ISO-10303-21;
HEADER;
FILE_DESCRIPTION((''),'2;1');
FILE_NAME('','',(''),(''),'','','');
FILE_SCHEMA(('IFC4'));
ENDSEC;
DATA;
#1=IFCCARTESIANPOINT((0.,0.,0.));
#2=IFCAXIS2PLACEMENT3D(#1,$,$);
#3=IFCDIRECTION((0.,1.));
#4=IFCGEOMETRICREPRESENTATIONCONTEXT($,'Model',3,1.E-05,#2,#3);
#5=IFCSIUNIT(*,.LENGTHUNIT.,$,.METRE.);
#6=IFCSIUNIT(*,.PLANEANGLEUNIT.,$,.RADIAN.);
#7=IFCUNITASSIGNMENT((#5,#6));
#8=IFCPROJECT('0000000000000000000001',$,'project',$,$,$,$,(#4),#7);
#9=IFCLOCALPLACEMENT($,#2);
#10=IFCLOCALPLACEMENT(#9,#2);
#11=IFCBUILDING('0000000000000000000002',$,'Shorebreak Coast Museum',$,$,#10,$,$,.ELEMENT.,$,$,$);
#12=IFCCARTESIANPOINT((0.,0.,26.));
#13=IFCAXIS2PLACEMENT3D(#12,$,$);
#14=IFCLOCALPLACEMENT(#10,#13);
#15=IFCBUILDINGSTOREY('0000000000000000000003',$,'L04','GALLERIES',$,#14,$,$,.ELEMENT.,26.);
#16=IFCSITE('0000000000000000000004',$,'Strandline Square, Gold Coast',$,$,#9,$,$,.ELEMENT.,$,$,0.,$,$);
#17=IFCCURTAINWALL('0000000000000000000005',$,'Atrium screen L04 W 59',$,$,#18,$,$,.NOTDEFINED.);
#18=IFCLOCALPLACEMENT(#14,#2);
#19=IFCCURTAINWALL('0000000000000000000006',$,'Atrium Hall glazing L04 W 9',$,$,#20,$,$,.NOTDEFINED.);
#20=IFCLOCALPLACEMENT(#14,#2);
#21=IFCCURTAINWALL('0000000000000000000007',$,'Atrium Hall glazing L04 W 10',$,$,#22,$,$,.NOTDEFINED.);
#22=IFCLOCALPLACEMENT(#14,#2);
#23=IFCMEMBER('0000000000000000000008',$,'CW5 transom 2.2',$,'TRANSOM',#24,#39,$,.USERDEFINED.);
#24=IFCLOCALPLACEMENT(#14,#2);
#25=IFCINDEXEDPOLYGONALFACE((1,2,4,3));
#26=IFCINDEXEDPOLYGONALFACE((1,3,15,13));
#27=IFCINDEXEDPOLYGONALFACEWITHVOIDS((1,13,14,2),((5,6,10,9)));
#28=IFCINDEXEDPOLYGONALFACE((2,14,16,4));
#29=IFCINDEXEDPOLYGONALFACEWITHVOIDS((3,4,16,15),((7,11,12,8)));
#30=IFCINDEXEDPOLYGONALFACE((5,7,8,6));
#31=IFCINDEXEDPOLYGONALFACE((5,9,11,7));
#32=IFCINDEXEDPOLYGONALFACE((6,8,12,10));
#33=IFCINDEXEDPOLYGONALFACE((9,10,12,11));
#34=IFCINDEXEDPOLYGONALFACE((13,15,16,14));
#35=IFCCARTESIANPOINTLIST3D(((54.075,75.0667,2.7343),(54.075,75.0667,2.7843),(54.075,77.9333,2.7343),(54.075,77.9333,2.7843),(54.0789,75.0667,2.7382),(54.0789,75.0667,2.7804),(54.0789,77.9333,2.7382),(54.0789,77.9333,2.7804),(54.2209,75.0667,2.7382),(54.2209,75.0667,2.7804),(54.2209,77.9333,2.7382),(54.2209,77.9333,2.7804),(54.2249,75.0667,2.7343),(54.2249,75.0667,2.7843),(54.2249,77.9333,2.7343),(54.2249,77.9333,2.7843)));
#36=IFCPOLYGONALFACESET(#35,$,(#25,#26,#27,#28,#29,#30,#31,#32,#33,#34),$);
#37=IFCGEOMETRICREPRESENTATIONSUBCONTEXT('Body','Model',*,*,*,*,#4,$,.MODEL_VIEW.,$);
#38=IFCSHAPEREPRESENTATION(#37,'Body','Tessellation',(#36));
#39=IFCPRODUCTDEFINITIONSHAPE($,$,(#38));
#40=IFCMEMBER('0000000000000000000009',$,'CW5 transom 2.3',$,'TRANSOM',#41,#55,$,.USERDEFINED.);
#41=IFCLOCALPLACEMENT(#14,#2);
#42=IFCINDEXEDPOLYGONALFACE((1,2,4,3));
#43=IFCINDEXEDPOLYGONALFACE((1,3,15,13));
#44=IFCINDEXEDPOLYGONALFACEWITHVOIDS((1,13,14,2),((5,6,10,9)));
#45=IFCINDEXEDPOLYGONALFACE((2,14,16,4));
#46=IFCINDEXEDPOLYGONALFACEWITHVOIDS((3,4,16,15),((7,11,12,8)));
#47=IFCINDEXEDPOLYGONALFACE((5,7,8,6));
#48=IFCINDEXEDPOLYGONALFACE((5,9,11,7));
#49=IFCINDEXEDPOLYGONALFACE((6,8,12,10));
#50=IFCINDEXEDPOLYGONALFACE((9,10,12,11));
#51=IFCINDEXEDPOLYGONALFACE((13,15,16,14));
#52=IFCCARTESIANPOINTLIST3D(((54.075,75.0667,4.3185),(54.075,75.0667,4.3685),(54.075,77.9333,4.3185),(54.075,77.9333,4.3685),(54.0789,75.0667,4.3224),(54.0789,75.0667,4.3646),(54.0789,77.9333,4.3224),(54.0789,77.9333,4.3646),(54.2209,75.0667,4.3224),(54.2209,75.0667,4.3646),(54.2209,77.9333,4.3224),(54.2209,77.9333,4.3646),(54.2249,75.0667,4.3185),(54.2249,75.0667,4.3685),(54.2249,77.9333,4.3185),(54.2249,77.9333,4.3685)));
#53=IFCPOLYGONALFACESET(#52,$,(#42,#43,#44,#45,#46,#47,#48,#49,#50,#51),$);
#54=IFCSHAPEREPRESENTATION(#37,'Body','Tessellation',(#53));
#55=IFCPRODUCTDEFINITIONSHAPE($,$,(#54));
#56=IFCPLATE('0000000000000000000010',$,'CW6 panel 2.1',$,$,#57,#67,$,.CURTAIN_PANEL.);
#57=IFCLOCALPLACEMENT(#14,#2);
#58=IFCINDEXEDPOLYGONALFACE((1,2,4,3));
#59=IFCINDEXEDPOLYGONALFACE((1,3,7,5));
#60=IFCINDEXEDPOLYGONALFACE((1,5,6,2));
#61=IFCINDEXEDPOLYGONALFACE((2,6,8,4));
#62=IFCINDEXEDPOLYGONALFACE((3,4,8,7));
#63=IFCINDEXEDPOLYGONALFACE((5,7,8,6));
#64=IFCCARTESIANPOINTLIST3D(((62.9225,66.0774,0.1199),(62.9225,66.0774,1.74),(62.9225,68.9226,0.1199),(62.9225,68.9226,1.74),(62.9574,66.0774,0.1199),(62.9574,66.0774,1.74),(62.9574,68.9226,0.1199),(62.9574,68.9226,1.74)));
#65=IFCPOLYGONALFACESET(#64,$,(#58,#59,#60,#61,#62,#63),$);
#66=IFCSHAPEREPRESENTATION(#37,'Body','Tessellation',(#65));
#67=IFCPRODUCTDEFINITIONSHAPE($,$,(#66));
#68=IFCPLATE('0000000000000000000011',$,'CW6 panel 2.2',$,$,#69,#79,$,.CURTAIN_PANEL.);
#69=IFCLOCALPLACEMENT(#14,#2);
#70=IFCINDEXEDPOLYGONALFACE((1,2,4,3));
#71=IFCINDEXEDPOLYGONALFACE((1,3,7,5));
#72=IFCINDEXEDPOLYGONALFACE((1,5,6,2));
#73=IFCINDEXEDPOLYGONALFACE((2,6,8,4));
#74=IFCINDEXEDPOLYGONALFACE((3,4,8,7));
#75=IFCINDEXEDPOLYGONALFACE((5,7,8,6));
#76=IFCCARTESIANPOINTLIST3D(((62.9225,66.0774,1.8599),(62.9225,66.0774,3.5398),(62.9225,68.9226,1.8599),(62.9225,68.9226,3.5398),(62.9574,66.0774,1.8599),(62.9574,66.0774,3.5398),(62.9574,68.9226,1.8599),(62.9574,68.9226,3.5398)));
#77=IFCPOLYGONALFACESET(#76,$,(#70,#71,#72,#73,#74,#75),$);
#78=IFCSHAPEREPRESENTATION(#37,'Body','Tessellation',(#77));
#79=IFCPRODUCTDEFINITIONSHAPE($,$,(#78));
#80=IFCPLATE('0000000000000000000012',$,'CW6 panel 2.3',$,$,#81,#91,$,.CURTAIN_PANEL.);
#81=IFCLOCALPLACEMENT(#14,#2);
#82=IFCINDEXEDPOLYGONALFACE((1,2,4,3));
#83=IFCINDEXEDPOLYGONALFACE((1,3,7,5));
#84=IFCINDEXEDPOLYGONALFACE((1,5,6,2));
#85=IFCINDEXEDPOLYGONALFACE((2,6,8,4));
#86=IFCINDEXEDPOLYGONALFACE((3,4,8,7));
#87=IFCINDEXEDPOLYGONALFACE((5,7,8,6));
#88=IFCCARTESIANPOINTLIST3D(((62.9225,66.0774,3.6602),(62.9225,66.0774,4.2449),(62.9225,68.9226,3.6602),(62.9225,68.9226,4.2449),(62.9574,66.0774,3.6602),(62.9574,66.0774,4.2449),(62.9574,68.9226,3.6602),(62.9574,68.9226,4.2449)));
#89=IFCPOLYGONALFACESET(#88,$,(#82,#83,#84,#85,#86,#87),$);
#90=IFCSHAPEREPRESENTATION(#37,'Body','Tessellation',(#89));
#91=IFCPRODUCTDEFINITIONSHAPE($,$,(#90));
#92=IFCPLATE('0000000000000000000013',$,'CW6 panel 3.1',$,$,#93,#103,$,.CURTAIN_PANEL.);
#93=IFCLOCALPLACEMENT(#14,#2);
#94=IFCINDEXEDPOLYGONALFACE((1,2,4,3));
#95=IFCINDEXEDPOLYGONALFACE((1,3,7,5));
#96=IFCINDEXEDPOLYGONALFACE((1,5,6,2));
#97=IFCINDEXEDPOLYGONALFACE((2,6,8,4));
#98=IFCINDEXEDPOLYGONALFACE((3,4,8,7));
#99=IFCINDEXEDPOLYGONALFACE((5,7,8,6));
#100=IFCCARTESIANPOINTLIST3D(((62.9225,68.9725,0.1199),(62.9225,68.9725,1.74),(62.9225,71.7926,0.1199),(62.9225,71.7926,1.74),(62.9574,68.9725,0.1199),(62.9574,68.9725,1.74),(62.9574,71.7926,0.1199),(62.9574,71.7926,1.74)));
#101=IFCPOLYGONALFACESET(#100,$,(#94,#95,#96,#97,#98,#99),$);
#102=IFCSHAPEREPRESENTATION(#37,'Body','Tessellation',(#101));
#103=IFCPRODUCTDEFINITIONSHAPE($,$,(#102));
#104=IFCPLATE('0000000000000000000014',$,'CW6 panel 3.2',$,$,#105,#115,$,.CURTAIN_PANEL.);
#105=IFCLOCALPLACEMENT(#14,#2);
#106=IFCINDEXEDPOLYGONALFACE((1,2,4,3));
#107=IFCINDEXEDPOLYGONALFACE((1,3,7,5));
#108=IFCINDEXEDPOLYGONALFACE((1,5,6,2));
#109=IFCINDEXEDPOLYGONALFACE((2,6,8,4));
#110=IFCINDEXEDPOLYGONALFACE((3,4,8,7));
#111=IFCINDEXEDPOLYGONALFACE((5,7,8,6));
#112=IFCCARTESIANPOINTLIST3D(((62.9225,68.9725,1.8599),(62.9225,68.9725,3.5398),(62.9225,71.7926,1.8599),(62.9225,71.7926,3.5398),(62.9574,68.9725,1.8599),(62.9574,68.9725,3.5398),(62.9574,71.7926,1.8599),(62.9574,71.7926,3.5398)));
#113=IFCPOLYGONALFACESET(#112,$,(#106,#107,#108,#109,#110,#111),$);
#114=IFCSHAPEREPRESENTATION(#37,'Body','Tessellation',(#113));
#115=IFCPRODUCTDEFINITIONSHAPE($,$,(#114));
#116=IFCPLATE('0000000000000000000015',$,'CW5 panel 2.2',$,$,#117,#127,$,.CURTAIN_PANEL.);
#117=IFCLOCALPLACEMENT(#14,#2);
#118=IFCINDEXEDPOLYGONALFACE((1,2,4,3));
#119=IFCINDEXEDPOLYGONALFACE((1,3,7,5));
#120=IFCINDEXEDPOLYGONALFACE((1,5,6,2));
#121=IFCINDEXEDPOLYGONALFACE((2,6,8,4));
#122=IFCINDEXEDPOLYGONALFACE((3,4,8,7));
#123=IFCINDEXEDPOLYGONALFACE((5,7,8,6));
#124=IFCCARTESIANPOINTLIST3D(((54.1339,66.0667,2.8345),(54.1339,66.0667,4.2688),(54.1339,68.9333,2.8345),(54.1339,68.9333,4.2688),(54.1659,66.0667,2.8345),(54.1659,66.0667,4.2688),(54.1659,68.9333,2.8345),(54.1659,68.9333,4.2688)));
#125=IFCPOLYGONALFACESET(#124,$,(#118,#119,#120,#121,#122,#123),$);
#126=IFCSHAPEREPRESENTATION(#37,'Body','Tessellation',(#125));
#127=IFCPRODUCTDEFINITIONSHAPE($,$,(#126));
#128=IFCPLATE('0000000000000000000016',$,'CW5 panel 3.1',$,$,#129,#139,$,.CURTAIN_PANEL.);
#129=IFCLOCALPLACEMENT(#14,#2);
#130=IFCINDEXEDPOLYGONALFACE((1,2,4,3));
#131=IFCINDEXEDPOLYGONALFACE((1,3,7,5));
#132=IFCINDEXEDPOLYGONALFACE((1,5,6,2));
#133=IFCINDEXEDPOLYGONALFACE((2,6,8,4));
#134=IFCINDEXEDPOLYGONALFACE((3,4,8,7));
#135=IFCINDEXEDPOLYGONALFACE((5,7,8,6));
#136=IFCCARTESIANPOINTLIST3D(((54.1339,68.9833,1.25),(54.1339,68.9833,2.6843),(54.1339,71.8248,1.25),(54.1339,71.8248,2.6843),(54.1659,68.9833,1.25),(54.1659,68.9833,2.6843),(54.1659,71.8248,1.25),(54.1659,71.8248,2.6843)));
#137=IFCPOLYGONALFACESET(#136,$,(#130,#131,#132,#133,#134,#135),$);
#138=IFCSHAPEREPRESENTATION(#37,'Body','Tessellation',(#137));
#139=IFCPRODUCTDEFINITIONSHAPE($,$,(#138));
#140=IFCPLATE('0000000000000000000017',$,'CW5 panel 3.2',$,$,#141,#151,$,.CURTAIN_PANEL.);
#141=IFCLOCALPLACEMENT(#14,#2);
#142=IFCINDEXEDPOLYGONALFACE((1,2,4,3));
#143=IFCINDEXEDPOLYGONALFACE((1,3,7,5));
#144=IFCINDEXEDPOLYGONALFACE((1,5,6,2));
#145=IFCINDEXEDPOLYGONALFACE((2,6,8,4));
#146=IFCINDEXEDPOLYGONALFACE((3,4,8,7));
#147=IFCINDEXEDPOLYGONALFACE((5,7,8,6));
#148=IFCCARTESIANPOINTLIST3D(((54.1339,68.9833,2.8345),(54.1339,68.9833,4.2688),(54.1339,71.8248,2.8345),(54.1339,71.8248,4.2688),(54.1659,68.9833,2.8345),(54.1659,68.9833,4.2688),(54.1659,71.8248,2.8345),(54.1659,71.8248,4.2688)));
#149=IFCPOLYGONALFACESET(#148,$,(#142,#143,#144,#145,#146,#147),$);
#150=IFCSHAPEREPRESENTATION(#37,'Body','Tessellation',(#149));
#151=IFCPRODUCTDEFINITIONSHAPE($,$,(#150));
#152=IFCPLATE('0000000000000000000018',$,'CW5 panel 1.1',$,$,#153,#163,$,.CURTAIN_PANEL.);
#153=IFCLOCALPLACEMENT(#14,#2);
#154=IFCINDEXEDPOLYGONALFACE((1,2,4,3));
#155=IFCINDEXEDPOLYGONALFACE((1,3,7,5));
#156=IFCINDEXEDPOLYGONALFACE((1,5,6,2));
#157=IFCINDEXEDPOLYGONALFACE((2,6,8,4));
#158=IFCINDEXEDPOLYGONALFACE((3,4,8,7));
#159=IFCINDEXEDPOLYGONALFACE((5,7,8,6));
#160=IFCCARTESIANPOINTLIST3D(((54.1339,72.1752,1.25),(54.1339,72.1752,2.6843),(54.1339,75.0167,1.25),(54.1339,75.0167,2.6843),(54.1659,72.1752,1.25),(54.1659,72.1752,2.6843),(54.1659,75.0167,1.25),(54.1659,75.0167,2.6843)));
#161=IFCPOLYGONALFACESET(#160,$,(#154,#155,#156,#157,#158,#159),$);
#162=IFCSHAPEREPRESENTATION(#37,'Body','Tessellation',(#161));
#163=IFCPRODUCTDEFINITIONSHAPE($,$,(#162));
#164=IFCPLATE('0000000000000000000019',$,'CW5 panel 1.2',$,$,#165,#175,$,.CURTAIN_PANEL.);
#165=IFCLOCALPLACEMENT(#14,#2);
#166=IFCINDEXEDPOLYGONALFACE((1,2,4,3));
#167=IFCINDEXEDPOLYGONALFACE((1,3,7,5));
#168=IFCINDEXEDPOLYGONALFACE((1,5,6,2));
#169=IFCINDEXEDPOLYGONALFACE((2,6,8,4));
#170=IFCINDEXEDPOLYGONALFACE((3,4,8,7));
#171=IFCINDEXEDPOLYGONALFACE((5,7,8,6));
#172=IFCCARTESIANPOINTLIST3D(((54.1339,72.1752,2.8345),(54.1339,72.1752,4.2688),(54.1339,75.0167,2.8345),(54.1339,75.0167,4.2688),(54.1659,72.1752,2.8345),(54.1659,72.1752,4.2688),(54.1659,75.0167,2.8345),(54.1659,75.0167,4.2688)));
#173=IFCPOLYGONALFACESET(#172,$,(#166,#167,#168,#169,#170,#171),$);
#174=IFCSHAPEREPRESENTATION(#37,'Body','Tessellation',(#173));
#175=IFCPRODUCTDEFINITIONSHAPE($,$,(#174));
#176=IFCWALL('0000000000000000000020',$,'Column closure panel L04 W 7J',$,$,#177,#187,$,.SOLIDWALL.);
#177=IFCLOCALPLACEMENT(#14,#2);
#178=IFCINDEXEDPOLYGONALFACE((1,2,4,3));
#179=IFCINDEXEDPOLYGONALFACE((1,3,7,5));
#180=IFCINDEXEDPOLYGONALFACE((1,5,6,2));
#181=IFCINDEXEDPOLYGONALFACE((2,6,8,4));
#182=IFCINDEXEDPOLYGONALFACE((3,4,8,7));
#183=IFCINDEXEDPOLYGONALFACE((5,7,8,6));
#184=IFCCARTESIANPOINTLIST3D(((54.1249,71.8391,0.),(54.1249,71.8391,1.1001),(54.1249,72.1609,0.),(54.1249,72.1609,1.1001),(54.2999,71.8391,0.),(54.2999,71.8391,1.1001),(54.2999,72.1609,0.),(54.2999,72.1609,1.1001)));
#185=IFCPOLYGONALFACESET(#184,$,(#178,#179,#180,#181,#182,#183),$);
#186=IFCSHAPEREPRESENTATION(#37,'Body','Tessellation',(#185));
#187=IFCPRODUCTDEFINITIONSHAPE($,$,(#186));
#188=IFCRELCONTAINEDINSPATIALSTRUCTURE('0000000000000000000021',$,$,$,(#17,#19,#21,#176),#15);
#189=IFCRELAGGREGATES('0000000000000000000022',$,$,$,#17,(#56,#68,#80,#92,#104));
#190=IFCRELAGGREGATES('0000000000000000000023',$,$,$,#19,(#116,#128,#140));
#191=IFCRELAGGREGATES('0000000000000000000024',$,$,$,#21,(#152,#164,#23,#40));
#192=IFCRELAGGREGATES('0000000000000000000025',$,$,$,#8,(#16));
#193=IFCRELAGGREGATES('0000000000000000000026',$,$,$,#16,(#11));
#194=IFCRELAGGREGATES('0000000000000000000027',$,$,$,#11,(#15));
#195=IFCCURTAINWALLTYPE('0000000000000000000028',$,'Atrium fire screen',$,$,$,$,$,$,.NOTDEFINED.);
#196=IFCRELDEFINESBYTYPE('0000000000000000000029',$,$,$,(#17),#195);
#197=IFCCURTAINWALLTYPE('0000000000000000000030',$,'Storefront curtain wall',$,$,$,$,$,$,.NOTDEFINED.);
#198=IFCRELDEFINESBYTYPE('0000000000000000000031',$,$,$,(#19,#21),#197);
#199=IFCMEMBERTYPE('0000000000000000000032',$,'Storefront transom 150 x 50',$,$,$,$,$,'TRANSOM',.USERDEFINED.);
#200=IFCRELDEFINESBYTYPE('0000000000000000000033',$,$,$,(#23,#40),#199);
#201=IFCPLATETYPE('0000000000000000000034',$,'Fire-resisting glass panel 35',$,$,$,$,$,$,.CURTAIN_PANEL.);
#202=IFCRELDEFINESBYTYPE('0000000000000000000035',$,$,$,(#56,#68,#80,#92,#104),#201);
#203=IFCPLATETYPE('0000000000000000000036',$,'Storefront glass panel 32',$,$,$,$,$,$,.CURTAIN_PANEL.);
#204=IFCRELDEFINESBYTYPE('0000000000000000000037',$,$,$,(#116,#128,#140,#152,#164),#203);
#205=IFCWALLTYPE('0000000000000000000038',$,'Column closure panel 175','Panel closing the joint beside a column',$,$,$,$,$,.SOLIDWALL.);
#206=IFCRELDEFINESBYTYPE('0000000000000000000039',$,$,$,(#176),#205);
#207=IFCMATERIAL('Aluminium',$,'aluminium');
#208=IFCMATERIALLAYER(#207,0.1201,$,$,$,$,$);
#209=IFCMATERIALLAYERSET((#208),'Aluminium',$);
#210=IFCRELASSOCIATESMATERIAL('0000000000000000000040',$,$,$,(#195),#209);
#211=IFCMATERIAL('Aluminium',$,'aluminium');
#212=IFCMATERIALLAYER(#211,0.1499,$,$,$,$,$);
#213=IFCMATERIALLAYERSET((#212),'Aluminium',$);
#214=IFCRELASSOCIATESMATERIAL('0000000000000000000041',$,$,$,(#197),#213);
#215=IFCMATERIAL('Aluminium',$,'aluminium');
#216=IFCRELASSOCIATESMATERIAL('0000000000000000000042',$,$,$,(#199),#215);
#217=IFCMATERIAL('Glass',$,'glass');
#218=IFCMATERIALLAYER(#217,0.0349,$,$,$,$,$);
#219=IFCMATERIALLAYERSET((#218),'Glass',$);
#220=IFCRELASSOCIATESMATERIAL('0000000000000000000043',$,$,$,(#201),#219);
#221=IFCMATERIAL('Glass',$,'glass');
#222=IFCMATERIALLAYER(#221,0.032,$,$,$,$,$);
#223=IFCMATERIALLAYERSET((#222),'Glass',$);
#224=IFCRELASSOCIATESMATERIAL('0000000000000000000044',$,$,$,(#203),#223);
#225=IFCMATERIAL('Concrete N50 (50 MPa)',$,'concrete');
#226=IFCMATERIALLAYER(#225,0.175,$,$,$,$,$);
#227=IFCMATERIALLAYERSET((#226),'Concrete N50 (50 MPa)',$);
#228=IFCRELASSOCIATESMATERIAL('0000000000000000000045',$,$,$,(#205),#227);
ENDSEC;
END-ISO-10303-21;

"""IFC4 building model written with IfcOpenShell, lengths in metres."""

from ifc_helpers import new_model, si_unit, direction, frame, frame_2d, origin, origin_2d, place, context, subcontext, project, spatial, rectangle, hollow_rectangle, extrude, material, layer, layer_set, material_profile, profile_set, type_object, element, aggregate, save


model = new_model("IFC4")

# Units and contexts
model_context = context("Model", 3, precision=1e-05, world=origin(), true_north=direction((0.0, 1.0)))
body_context = subcontext(model_context, "Body", "Model", "MODEL_VIEW")
ifc_project = project(units=[si_unit("LENGTHUNIT", "METRE"), si_unit("PLANEANGLEUNIT", "RADIAN")], contexts=[model_context])

# Site, building, storey
site_placement = place(None, origin())
site = spatial("IfcSite", under=ifc_project, at=site_placement, Name="Strandline Square, Gold Coast", CompositionType="ELEMENT", RefElevation=0.0)
building_placement = place(site_placement, origin())
building = spatial("IfcBuilding", under=site, at=building_placement, Name="Shorebreak Coast Museum", CompositionType="ELEMENT")
storey_placement = place(building_placement, frame((0.0, 0.0, 26.0)))
storey = spatial("IfcBuildingStorey", under=building, at=storey_placement, Name="L04", Description="GALLERIES", CompositionType="ELEMENT", Elevation=26.0)

# Curtain walls
ifc_material_1 = material(Name="Aluminium", Category="aluminium")
ifc_layer_1 = layer(ifc_material_1, 0.1201)
ifc_layer_set_1 = layer_set([ifc_layer_1], Name="Aluminium")
curtain_wall_type_1 = type_object("IfcCurtainWallType", Name="Atrium fire screen", PredefinedType="NOTDEFINED", material=ifc_layer_set_1)
curtain_wall_1_placement = place(storey_placement, origin())
curtain_wall_1 = element("IfcCurtainWall", 1, at=curtain_wall_1_placement, inside=storey, type_object=curtain_wall_type_1, Name="Atrium screen L04 W 59", PredefinedType="NOTDEFINED")
ifc_material_2 = material(Name="Aluminium", Category="aluminium")
ifc_layer_2 = layer(ifc_material_2, 0.1499)
ifc_layer_set_2 = layer_set([ifc_layer_2], Name="Aluminium")
curtain_wall_type_2 = type_object("IfcCurtainWallType", Name="Storefront curtain wall", PredefinedType="NOTDEFINED", material=ifc_layer_set_2)
curtain_wall_2_placement = place(storey_placement, origin())
curtain_wall_2 = element("IfcCurtainWall", 2, at=curtain_wall_2_placement, inside=storey, type_object=curtain_wall_type_2, Name="Atrium Hall glazing L04 W 9", PredefinedType="NOTDEFINED")
curtain_wall_3_placement = place(storey_placement, origin())
curtain_wall_3 = element("IfcCurtainWall", 3, at=curtain_wall_3_placement, inside=storey, type_object=curtain_wall_type_2, Name="Atrium Hall glazing L04 W 10", PredefinedType="NOTDEFINED")

# Members
ifc_material_3 = material(Name="Aluminium", Category="aluminium")
ifc_material_profile_1 = material_profile(ifc_material_3, hollow_rectangle(XDim=0.1499, YDim=0.05, WallThickness=0.0039, at=origin_2d()), Name="AL 50x150 RHS")
ifc_profile_set_1 = profile_set([ifc_material_profile_1], Name="Aluminium")
member_type_1 = type_object("IfcMemberType", Name="Storefront transom 150 x 50", ElementType="TRANSOM", PredefinedType="USERDEFINED", material=ifc_profile_set_1)
member_1_placement = place(storey_placement, frame((54.1499, 75.0667, 2.7593), z_axis=(0.0, 1.0, 0.0), x_axis=(-1.0, 0.0, 0.0)))
member_1 = element("IfcMember", 4, at=member_1_placement, type_object=member_type_1, Name="CW5 transom 2.2", ObjectType="TRANSOM", PredefinedType="USERDEFINED", context=body_context, shape_type="SweptSolid", body=[
    extrude(hollow_rectangle(XDim=0.1499, YDim=0.05, WallThickness=0.0039, at=origin_2d()), origin(), (0.0, 0.0, 1.0), 2.8667),
])
member_2_placement = place(storey_placement, frame((54.1499, 75.0667, 4.3435), z_axis=(0.0, 1.0, 0.0), x_axis=(-1.0, 0.0, 0.0)))
member_2 = element("IfcMember", 5, at=member_2_placement, type_object=member_type_1, Name="CW5 transom 2.3", ObjectType="TRANSOM", PredefinedType="USERDEFINED", context=body_context, shape_type="SweptSolid", body=[
    extrude(hollow_rectangle(XDim=0.1499, YDim=0.05, WallThickness=0.0039, at=origin_2d()), origin(), (0.0, 0.0, 1.0), 2.8667),
])

# Plates
ifc_material_4 = material(Name="Glass", Category="glass")
ifc_layer_3 = layer(ifc_material_4, 0.0349)
ifc_layer_set_3 = layer_set([ifc_layer_3], Name="Glass")
plate_type_1 = type_object("IfcPlateType", Name="Fire-resisting glass panel 35", PredefinedType="CURTAIN_PANEL", material=ifc_layer_set_3)
plate_1_placement = place(storey_placement, frame((62.9399, 67.5, 0.1199), z_axis=(0.0, 0.0, 1.0), x_axis=(0.0, 1.0, 0.0)))
plate_1 = element("IfcPlate", 6, at=plate_1_placement, type_object=plate_type_1, Name="CW6 panel 2.1", PredefinedType="CURTAIN_PANEL", context=body_context, shape_type="SweptSolid", body=[
    extrude(rectangle(XDim=2.8452, YDim=0.0349, at=origin_2d()), origin(), (0.0, 0.0, 1.0), 1.6201),
])
plate_2_placement = place(storey_placement, frame((62.9399, 67.5, 1.8599), z_axis=(0.0, 0.0, 1.0), x_axis=(0.0, 1.0, 0.0)))
plate_2 = element("IfcPlate", 7, at=plate_2_placement, type_object=plate_type_1, Name="CW6 panel 2.2", PredefinedType="CURTAIN_PANEL", context=body_context, shape_type="SweptSolid", body=[
    extrude(rectangle(XDim=2.8452, YDim=0.0349, at=origin_2d()), origin(), (0.0, 0.0, 1.0), 1.6799),
])
plate_3_placement = place(storey_placement, frame((62.9399, 67.5, 3.6602), z_axis=(0.0, 0.0, 1.0), x_axis=(0.0, 1.0, 0.0)))
plate_3 = element("IfcPlate", 8, at=plate_3_placement, type_object=plate_type_1, Name="CW6 panel 2.3", PredefinedType="CURTAIN_PANEL", context=body_context, shape_type="SweptSolid", body=[
    extrude(rectangle(XDim=2.8452, YDim=0.0349, at=origin_2d()), origin(), (0.0, 0.0, 1.0), 0.5847),
])
plate_4_placement = place(storey_placement, frame((62.9399, 70.3826, 0.1199), z_axis=(0.0, 0.0, 1.0), x_axis=(0.0, 1.0, 0.0)))
plate_4 = element("IfcPlate", 9, at=plate_4_placement, type_object=plate_type_1, Name="CW6 panel 3.1", PredefinedType="CURTAIN_PANEL", context=body_context, shape_type="SweptSolid", body=[
    extrude(rectangle(XDim=2.8201, YDim=0.0349, at=origin_2d()), origin(), (0.0, 0.0, 1.0), 1.6201),
])
plate_5_placement = place(storey_placement, frame((62.9399, 70.3826, 1.8599), z_axis=(0.0, 0.0, 1.0), x_axis=(0.0, 1.0, 0.0)))
plate_5 = element("IfcPlate", 10, at=plate_5_placement, type_object=plate_type_1, Name="CW6 panel 3.2", PredefinedType="CURTAIN_PANEL", context=body_context, shape_type="SweptSolid", body=[
    extrude(rectangle(XDim=2.8201, YDim=0.0349, at=origin_2d()), origin(), (0.0, 0.0, 1.0), 1.6799),
])
aggregate(curtain_wall_1, [plate_1, plate_2, plate_3, plate_4, plate_5])
ifc_material_5 = material(Name="Glass", Category="glass")
ifc_layer_4 = layer(ifc_material_5, 0.032)
ifc_layer_set_4 = layer_set([ifc_layer_4], Name="Glass")
plate_type_2 = type_object("IfcPlateType", Name="Storefront glass panel 32", PredefinedType="CURTAIN_PANEL", material=ifc_layer_set_4)
plate_6_placement = place(storey_placement, frame((54.1499, 67.5, 2.8345), z_axis=(0.0, 0.0, 1.0), x_axis=(0.0, 1.0, 0.0)))
plate_6 = element("IfcPlate", 11, at=plate_6_placement, type_object=plate_type_2, Name="CW5 panel 2.2", PredefinedType="CURTAIN_PANEL", context=body_context, shape_type="SweptSolid", body=[
    extrude(rectangle(XDim=2.8667, YDim=0.032, at=origin_2d()), origin(), (0.0, 0.0, 1.0), 1.4343),
])
plate_7_placement = place(storey_placement, frame((54.1499, 70.4041, 1.25), z_axis=(0.0, 0.0, 1.0), x_axis=(0.0, 1.0, 0.0)))
plate_7 = element("IfcPlate", 12, at=plate_7_placement, type_object=plate_type_2, Name="CW5 panel 3.1", PredefinedType="CURTAIN_PANEL", context=body_context, shape_type="SweptSolid", body=[
    extrude(rectangle(XDim=2.8416, YDim=0.032, at=origin_2d()), origin(), (0.0, 0.0, 1.0), 1.4343),
])
plate_8_placement = place(storey_placement, frame((54.1499, 70.4041, 2.8345), z_axis=(0.0, 0.0, 1.0), x_axis=(0.0, 1.0, 0.0)))
plate_8 = element("IfcPlate", 13, at=plate_8_placement, type_object=plate_type_2, Name="CW5 panel 3.2", PredefinedType="CURTAIN_PANEL", context=body_context, shape_type="SweptSolid", body=[
    extrude(rectangle(XDim=2.8416, YDim=0.032, at=origin_2d()), origin(), (0.0, 0.0, 1.0), 1.4343),
])
aggregate(curtain_wall_2, [plate_6, plate_7, plate_8])
plate_9_placement = place(storey_placement, frame((54.1499, 73.5959, 1.25), z_axis=(0.0, 0.0, 1.0), x_axis=(0.0, 1.0, 0.0)))
plate_9 = element("IfcPlate", 14, at=plate_9_placement, type_object=plate_type_2, Name="CW5 panel 1.1", PredefinedType="CURTAIN_PANEL", context=body_context, shape_type="SweptSolid", body=[
    extrude(rectangle(XDim=2.8416, YDim=0.032, at=origin_2d()), origin(), (0.0, 0.0, 1.0), 1.4343),
])
plate_10_placement = place(storey_placement, frame((54.1499, 73.5959, 2.8345), z_axis=(0.0, 0.0, 1.0), x_axis=(0.0, 1.0, 0.0)))
plate_10 = element("IfcPlate", 15, at=plate_10_placement, type_object=plate_type_2, Name="CW5 panel 1.2", PredefinedType="CURTAIN_PANEL", context=body_context, shape_type="SweptSolid", body=[
    extrude(rectangle(XDim=2.8416, YDim=0.032, at=origin_2d()), origin(), (0.0, 0.0, 1.0), 1.4343),
])
aggregate(curtain_wall_3, [plate_9, plate_10, member_1, member_2])

# Wall
ifc_material_6 = material(Name="Concrete N50 (50 MPa)", Category="concrete")
ifc_layer_5 = layer(ifc_material_6, 0.175)
ifc_layer_set_5 = layer_set([ifc_layer_5], Name="Concrete N50 (50 MPa)")
wall_type_1 = type_object("IfcWallType", Name="Column closure panel 175", Description="Panel closing the joint beside a column", PredefinedType="SOLIDWALL", material=ifc_layer_set_5)
wall_1_placement = place(storey_placement, frame((54.2124, 71.8391, 0.0), z_axis=(0.0, 0.0, 1.0), x_axis=(0.0, 1.0, 0.0)))
element("IfcWall", 16, at=wall_1_placement, inside=storey, type_object=wall_type_1, Name="Column closure panel L04 W 7J", PredefinedType="SOLIDWALL", context=body_context, shape_type="SweptSolid", body=[
    extrude(rectangle(XDim=0.3218, YDim=0.175, at=frame_2d((0.1609, 0.0))), origin(), (0.0, 0.0, 1.0), 1.1001),
])

save(model, "model.ifc")
